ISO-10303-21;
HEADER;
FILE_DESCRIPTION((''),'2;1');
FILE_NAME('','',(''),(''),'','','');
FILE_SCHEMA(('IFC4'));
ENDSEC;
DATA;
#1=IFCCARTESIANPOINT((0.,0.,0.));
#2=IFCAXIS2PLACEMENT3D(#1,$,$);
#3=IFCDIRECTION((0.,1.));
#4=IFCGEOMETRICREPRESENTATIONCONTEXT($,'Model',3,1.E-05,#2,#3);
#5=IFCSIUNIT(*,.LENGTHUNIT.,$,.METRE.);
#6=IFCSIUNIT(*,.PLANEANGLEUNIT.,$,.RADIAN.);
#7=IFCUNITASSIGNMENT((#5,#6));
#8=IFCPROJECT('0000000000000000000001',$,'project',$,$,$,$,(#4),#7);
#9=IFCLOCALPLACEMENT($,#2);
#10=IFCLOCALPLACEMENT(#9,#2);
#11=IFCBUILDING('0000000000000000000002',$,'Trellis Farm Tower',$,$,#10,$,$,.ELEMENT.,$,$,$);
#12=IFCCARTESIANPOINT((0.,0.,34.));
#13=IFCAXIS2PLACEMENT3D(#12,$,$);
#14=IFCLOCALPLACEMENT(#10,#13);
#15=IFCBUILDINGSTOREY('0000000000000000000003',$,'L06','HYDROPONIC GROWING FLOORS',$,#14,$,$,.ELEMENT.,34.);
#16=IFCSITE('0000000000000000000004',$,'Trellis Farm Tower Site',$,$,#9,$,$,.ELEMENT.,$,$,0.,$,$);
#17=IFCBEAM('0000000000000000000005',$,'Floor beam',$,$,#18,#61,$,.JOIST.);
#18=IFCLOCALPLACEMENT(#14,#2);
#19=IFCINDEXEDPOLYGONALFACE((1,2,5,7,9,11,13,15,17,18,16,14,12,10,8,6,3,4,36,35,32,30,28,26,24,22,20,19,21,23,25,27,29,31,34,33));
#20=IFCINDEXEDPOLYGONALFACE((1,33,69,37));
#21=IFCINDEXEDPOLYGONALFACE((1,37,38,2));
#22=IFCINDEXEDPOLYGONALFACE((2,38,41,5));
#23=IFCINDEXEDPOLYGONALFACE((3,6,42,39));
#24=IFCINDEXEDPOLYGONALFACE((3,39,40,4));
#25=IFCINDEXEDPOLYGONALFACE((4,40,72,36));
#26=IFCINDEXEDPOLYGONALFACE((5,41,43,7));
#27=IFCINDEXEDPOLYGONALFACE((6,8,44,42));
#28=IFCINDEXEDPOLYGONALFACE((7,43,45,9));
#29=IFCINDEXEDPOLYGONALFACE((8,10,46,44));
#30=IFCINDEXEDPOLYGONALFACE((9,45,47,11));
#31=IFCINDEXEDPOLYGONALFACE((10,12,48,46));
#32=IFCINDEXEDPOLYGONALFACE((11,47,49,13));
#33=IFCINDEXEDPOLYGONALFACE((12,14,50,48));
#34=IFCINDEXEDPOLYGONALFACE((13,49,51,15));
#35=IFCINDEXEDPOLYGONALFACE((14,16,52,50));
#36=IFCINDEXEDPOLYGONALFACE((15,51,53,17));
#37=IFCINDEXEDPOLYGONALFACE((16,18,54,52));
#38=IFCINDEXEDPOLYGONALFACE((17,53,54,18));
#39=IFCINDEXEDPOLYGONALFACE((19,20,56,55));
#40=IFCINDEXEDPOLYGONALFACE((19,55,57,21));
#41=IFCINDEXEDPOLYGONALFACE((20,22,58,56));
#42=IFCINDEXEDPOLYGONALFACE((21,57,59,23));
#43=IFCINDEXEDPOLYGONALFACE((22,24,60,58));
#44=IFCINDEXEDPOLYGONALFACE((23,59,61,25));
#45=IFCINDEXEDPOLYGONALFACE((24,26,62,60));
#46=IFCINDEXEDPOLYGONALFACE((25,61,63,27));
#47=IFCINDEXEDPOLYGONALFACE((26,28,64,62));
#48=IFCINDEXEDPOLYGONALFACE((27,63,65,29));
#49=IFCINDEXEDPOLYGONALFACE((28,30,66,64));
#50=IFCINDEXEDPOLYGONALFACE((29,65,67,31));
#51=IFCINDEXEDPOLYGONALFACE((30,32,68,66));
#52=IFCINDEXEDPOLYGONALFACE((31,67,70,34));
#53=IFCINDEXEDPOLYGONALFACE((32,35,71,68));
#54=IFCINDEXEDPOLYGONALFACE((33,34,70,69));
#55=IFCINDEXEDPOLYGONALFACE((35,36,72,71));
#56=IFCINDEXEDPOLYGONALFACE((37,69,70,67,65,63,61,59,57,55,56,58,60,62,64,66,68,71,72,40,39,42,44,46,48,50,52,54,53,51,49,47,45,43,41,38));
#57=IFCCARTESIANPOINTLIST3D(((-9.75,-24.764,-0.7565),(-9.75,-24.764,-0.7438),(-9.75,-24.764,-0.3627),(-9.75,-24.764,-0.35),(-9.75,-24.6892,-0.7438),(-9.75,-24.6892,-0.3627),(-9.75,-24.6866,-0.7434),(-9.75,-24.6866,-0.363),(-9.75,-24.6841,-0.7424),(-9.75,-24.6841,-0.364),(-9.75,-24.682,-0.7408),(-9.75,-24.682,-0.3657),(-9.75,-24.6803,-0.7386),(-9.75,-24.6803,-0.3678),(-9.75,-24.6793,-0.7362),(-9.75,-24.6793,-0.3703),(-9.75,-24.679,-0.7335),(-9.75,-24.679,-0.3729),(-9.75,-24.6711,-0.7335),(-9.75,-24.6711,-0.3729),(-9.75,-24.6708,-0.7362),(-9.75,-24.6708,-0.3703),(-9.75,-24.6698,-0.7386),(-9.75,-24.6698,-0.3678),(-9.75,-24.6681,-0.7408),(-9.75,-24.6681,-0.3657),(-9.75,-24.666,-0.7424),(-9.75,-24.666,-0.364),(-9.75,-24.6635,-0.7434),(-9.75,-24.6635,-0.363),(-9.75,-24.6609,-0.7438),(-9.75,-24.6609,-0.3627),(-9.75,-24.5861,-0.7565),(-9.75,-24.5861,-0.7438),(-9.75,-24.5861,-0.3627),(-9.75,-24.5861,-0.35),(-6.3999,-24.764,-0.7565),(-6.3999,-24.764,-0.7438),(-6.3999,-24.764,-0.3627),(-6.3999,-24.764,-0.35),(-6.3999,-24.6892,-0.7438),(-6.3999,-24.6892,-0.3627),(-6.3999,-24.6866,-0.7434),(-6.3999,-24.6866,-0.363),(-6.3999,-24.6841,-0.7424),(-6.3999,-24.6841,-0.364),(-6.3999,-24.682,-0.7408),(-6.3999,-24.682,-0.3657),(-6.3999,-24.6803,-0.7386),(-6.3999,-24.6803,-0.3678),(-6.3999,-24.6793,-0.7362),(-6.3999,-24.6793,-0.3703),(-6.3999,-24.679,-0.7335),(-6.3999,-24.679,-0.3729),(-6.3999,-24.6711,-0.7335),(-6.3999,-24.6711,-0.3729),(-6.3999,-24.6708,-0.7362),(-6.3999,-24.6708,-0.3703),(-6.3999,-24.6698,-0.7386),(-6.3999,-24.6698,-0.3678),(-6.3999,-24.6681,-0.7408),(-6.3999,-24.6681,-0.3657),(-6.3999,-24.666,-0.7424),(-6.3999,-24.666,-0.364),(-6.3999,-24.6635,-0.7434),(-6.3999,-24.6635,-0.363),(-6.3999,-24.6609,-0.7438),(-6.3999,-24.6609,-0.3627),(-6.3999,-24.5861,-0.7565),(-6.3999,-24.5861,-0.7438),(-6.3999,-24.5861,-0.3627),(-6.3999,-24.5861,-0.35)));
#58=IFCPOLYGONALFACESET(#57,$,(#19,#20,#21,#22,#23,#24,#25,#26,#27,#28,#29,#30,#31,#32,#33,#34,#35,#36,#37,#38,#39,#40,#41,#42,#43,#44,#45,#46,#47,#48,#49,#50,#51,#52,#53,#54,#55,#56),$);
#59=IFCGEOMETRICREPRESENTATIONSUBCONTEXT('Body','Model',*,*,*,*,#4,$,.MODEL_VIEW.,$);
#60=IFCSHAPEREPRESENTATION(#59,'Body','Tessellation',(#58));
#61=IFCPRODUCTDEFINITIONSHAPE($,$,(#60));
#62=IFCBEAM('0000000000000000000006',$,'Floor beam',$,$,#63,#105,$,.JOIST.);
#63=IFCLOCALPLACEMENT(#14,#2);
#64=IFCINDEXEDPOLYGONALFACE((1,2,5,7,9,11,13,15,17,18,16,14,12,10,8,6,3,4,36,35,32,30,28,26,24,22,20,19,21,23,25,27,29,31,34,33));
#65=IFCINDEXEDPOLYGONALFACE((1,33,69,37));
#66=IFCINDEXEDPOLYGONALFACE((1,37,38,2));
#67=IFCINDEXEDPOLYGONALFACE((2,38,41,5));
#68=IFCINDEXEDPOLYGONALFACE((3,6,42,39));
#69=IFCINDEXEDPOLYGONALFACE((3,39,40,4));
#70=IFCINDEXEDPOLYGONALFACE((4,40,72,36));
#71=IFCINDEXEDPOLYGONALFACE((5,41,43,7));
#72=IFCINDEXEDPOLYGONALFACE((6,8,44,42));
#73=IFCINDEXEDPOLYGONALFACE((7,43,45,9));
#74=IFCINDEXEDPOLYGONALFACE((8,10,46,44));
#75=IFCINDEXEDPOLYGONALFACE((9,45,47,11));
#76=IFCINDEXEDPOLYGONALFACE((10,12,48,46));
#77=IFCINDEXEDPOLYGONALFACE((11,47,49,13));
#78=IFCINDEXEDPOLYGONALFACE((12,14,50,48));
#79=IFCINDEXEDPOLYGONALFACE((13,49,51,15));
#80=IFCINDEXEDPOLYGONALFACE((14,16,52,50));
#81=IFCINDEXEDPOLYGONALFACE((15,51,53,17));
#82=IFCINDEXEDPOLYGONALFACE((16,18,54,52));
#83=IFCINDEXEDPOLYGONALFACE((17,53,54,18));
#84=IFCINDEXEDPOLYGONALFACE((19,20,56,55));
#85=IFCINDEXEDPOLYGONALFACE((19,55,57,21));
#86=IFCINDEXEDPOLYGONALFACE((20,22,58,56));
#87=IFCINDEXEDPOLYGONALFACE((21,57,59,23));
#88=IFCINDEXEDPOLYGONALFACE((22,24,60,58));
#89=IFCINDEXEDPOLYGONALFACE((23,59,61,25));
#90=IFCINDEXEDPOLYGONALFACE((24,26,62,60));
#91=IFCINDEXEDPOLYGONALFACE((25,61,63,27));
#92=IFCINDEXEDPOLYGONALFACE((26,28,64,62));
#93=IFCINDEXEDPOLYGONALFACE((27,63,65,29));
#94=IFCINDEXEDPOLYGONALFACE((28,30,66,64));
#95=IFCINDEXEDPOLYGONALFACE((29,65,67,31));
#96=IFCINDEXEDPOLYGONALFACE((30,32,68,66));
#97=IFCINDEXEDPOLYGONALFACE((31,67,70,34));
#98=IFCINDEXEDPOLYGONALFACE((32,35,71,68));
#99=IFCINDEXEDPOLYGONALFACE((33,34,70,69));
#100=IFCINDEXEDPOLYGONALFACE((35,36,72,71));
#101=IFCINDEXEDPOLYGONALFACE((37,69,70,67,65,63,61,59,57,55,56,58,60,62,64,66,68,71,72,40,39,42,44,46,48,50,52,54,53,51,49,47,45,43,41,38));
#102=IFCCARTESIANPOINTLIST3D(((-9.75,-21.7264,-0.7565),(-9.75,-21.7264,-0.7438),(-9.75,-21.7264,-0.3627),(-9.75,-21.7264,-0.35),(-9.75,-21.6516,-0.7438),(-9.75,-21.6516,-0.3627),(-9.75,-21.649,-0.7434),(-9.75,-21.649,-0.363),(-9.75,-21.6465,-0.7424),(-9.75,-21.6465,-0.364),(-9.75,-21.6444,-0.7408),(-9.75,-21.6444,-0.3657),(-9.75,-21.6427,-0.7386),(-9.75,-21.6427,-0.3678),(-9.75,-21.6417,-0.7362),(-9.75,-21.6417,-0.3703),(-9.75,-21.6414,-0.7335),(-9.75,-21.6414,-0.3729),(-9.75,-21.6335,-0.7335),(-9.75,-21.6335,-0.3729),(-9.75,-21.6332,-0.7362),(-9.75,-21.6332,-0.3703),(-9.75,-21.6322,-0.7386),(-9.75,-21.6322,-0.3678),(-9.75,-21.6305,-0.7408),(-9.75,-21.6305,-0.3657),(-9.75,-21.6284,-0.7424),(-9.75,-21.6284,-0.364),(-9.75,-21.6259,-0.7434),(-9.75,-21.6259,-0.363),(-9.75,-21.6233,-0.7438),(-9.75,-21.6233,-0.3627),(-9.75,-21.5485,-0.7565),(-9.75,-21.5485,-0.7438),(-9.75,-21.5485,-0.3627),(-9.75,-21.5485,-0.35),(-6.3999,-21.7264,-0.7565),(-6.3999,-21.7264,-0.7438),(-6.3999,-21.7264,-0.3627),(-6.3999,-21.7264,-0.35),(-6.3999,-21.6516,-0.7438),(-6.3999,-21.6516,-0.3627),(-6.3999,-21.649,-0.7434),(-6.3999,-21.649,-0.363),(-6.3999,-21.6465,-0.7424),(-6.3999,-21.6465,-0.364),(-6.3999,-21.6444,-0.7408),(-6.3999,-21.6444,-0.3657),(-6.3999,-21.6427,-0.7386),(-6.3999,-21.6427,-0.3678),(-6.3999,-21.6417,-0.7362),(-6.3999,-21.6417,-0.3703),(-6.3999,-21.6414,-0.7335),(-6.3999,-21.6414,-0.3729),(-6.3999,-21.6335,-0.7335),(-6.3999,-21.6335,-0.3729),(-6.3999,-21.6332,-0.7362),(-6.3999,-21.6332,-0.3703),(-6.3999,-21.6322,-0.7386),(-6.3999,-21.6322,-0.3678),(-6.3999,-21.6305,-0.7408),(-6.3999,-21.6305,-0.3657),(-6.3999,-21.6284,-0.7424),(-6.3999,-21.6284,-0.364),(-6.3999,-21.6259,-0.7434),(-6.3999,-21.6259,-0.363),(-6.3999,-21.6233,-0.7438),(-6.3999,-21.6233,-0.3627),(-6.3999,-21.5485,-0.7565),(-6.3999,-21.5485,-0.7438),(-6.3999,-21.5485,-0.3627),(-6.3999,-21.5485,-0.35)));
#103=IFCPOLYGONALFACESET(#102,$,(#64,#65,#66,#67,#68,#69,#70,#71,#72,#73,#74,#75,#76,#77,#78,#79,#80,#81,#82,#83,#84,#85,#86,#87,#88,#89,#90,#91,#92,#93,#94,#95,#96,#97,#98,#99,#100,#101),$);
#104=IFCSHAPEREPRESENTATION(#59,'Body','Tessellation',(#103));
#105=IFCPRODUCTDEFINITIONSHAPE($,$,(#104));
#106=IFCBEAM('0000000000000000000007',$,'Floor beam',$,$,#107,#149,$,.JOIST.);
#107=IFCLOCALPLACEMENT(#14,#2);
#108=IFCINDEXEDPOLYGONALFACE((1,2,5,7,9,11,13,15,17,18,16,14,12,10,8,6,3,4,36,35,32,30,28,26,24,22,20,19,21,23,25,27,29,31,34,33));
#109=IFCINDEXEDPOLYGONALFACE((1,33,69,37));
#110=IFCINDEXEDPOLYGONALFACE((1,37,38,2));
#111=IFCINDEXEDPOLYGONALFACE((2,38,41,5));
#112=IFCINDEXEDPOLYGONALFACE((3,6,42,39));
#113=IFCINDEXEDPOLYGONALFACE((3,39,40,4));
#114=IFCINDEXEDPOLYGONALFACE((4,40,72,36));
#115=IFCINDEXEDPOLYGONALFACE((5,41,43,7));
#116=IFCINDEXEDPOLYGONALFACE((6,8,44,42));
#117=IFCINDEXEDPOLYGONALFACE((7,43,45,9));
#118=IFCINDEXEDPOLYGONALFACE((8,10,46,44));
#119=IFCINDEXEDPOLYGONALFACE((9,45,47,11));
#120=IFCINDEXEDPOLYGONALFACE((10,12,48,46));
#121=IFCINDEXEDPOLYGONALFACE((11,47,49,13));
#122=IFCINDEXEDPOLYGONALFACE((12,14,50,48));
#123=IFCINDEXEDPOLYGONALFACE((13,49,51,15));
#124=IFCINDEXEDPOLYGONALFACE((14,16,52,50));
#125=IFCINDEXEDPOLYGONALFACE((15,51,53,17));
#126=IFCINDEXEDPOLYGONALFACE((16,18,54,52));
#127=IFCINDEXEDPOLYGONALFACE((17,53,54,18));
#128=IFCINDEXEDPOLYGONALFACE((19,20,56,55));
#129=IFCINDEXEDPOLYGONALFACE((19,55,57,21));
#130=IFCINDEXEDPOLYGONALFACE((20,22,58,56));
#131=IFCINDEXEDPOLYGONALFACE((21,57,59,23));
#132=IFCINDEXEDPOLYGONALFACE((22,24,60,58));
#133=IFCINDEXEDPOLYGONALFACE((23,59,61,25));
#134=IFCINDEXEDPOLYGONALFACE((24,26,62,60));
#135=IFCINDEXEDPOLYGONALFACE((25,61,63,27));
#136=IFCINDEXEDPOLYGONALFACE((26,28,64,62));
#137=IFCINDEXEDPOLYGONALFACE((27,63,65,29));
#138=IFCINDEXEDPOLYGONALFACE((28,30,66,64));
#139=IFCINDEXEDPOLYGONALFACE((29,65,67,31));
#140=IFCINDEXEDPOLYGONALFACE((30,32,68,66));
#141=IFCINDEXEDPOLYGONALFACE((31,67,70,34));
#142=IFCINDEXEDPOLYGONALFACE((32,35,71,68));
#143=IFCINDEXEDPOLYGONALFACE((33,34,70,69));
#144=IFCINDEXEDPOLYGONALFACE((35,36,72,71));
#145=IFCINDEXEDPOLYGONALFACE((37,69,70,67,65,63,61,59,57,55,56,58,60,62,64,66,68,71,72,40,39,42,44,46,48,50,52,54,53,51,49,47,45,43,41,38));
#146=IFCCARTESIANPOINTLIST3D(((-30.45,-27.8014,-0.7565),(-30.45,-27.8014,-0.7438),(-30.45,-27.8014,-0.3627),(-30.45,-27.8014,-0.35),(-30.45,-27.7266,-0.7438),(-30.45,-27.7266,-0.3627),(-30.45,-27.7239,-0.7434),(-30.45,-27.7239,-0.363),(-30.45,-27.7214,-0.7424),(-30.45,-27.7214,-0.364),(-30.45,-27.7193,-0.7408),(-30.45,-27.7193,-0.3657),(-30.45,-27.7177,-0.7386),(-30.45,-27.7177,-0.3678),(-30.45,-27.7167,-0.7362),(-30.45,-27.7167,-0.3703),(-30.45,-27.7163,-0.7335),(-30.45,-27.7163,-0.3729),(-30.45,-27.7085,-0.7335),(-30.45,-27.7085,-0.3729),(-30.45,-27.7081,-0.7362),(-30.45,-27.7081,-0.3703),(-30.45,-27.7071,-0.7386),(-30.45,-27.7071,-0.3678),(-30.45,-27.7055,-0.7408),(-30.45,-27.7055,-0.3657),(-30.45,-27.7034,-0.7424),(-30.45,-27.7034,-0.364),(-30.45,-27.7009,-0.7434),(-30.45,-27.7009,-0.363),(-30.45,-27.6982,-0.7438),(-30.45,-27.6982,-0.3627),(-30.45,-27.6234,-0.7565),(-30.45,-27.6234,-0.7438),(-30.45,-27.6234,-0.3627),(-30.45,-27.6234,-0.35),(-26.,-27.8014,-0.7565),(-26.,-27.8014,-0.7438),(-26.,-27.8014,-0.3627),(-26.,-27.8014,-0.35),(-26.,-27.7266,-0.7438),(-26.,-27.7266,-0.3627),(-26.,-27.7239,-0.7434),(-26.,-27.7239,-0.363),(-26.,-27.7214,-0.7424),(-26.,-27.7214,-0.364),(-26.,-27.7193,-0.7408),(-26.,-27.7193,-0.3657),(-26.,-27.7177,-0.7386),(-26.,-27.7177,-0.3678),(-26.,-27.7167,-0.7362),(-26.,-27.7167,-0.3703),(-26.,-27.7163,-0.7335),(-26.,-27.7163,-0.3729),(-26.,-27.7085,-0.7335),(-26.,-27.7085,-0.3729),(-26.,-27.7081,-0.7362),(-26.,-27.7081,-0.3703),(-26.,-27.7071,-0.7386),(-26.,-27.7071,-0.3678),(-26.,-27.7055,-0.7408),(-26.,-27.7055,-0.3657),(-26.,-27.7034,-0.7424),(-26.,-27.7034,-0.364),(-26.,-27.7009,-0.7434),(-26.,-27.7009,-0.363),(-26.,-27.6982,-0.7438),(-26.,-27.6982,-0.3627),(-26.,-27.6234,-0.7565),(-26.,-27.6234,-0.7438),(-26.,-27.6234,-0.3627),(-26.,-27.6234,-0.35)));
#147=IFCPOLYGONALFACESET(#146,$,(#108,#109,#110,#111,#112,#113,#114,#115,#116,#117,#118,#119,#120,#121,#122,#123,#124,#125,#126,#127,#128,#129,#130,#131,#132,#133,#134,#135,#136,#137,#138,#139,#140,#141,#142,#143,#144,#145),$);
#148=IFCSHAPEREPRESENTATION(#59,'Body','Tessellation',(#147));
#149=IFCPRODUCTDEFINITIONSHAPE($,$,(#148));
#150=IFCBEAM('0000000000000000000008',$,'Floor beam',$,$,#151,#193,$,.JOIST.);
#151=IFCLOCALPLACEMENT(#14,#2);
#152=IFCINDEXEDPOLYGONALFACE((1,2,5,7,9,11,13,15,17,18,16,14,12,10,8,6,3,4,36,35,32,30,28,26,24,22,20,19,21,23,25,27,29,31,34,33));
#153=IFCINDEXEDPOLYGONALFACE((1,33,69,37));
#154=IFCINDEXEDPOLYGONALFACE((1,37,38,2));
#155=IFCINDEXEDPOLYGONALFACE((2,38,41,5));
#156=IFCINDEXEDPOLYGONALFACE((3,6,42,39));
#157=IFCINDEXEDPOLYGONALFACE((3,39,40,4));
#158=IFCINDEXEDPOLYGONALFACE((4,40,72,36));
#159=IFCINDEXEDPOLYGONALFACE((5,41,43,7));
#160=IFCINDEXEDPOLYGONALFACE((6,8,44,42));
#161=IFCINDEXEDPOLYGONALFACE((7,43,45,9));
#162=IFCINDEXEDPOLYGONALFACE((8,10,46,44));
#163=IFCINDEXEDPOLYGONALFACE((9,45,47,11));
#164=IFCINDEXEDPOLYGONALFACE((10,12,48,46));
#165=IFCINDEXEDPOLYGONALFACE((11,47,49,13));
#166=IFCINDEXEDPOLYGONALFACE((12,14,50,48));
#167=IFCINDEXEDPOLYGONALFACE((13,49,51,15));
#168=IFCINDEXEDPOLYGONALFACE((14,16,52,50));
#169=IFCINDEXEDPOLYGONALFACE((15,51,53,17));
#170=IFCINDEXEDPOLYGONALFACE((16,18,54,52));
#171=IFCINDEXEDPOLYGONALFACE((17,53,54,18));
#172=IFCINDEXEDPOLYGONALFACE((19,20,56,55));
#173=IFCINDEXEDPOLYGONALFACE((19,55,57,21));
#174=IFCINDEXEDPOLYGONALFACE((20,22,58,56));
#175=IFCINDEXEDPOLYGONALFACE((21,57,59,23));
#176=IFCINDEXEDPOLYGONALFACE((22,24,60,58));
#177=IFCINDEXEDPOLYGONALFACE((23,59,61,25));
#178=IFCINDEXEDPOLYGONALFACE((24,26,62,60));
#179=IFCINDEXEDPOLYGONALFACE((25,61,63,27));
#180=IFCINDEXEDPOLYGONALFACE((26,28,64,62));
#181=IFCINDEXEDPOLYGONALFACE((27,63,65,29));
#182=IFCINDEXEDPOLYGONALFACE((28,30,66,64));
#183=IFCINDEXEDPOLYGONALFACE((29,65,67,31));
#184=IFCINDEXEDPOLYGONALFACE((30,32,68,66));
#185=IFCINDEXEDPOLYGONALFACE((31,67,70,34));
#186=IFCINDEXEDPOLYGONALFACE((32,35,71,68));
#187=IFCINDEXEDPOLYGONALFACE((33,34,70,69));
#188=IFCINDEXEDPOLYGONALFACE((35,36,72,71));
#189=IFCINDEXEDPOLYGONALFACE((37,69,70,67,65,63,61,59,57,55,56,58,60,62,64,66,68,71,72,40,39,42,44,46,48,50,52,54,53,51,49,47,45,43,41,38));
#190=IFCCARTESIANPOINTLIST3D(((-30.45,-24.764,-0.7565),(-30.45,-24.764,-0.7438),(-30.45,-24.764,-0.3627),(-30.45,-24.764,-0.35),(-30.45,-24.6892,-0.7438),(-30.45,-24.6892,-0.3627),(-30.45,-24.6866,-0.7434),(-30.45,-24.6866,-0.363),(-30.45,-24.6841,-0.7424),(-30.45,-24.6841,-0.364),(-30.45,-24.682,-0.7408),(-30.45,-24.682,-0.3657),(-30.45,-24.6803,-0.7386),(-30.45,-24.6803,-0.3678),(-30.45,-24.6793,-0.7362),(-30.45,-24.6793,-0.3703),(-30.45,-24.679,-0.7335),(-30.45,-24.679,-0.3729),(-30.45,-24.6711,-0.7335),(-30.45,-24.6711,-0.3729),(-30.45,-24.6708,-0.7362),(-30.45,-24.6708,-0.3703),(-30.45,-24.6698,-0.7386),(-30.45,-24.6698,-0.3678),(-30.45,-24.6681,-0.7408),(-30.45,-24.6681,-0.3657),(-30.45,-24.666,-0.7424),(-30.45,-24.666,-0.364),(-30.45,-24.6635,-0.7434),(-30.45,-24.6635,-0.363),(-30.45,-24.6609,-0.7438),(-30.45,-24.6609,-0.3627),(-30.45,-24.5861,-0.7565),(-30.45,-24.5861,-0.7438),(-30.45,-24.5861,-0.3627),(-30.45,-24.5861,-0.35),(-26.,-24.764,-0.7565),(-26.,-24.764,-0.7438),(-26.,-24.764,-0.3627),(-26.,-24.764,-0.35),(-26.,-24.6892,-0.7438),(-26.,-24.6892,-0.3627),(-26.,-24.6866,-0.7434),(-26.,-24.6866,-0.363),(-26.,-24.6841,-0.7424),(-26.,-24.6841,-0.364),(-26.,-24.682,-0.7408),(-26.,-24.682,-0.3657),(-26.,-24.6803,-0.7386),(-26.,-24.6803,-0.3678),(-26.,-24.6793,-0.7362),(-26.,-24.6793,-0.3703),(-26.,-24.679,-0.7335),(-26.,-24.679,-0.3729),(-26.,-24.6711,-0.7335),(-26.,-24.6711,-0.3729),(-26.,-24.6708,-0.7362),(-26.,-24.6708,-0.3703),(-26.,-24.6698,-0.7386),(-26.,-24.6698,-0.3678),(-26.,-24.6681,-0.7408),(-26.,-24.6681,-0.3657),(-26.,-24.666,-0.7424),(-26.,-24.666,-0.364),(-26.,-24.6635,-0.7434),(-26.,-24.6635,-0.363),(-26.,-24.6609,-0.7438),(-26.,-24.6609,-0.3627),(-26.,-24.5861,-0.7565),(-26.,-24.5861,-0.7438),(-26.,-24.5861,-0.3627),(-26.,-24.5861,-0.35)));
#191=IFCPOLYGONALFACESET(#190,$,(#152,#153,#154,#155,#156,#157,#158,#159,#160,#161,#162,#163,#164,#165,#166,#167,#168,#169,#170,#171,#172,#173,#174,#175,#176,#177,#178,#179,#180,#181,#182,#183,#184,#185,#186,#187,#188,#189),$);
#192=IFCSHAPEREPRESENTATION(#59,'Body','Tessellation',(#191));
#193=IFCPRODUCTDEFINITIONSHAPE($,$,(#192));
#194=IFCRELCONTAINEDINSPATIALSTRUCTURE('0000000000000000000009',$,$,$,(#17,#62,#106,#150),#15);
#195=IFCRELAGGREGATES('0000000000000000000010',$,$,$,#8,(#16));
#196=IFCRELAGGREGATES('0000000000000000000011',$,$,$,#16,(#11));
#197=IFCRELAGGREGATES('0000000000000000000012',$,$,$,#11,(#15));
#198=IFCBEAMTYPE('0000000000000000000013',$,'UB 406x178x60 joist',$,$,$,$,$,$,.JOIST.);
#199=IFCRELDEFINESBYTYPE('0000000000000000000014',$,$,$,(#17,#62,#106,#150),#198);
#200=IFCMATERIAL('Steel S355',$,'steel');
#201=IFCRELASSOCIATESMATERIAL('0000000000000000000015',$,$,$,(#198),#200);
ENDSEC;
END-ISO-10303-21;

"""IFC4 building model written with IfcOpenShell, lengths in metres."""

from ifc_helpers import new_model, si_unit, direction, frame, origin, origin_2d, place, context, subcontext, project, spatial, i_section, extrude, source, transform, mapped, material, material_profile, profile_set, type_object, element, save


model = new_model("IFC4")

# Units and contexts
model_context = context("Model", 3, precision=1e-05, world=origin(), true_north=direction((0.0, 1.0)))
body_context = subcontext(model_context, "Body", "Model", "MODEL_VIEW")
ifc_project = project(units=[si_unit("LENGTHUNIT", "METRE"), si_unit("PLANEANGLEUNIT", "RADIAN")], contexts=[model_context])

# Site, building, storey
site_placement = place(None, origin())
site = spatial("IfcSite", under=ifc_project, at=site_placement, Name="Trellis Farm Tower Site", CompositionType="ELEMENT", RefElevation=0.0)
building_placement = place(site_placement, origin())
building = spatial("IfcBuilding", under=site, at=building_placement, Name="Trellis Farm Tower", CompositionType="ELEMENT")
storey_placement = place(building_placement, frame((0.0, 0.0, 34.0)))
storey = spatial("IfcBuildingStorey", under=building, at=storey_placement, Name="L06", Description="HYDROPONIC GROWING FLOORS", CompositionType="ELEMENT", Elevation=34.0)

# Beams
ifc_material_1 = material(Name="Steel S355", Category="steel")
ifc_material_profile_1 = material_profile(ifc_material_1, i_section(OverallWidth=0.178, OverallDepth=0.4065, WebThickness=0.0078, FlangeThickness=0.0127, FilletRadius=0.0103, at=origin_2d()), Name="UB 406x178x60")
ifc_profile_set_1 = profile_set([ifc_material_profile_1], Name="Steel S355")
beam_type_1 = type_object("IfcBeamType", Name="UB 406x178x60 joist", PredefinedType="JOIST", material=ifc_profile_set_1)
shared_shape_1 = source(origin(), body_context, "Body", "SweptSolid", [
    extrude(i_section(OverallWidth=0.178, OverallDepth=0.4065, WebThickness=0.0078, FlangeThickness=0.0127, FilletRadius=0.0103, at=origin_2d()), origin(), (0.0, 0.0, 1.0), 3.3501),
])
for number, where, z_axis, x_axis, name in (
    (1, (-9.75, -24.675, -0.5532), (1.0, 0.0, 0.0), (0.0, 1.0, 0.0), "Floor beam"),
    (2, (-9.75, -21.6375, -0.5532), (1.0, 0.0, 0.0), (0.0, 1.0, 0.0), "Floor beam"),
):
    element("IfcBeam", number, at=place(storey_placement, frame(where, z_axis=z_axis, x_axis=x_axis)), inside=storey, type_object=beam_type_1, Name=name, PredefinedType="JOIST", context=body_context, shape_type="MappedRepresentation", body=[
        mapped(shared_shape_1, transform((0.0, 0.0, 0.0))),
    ])
shared_shape_2 = source(origin(), body_context, "Body", "SweptSolid", [
    extrude(i_section(OverallWidth=0.178, OverallDepth=0.4065, WebThickness=0.0078, FlangeThickness=0.0127, FilletRadius=0.0103, at=origin_2d()), origin(), (0.0, 0.0, 1.0), 4.45),
])
for number, where, z_axis, x_axis, name in (
    (3, (-30.45, -27.7124, -0.5532), (1.0, 0.0, 0.0), (0.0, 1.0, 0.0), "Floor beam"),
    (4, (-30.45, -24.675, -0.5532), (1.0, 0.0, 0.0), (0.0, 1.0, 0.0), "Floor beam"),
):
    element("IfcBeam", number, at=place(storey_placement, frame(where, z_axis=z_axis, x_axis=x_axis)), inside=storey, type_object=beam_type_1, Name=name, PredefinedType="JOIST", context=body_context, shape_type="MappedRepresentation", body=[
        mapped(shared_shape_2, transform((0.0, 0.0, 0.0))),
    ])

save(model, "model.ifc")
